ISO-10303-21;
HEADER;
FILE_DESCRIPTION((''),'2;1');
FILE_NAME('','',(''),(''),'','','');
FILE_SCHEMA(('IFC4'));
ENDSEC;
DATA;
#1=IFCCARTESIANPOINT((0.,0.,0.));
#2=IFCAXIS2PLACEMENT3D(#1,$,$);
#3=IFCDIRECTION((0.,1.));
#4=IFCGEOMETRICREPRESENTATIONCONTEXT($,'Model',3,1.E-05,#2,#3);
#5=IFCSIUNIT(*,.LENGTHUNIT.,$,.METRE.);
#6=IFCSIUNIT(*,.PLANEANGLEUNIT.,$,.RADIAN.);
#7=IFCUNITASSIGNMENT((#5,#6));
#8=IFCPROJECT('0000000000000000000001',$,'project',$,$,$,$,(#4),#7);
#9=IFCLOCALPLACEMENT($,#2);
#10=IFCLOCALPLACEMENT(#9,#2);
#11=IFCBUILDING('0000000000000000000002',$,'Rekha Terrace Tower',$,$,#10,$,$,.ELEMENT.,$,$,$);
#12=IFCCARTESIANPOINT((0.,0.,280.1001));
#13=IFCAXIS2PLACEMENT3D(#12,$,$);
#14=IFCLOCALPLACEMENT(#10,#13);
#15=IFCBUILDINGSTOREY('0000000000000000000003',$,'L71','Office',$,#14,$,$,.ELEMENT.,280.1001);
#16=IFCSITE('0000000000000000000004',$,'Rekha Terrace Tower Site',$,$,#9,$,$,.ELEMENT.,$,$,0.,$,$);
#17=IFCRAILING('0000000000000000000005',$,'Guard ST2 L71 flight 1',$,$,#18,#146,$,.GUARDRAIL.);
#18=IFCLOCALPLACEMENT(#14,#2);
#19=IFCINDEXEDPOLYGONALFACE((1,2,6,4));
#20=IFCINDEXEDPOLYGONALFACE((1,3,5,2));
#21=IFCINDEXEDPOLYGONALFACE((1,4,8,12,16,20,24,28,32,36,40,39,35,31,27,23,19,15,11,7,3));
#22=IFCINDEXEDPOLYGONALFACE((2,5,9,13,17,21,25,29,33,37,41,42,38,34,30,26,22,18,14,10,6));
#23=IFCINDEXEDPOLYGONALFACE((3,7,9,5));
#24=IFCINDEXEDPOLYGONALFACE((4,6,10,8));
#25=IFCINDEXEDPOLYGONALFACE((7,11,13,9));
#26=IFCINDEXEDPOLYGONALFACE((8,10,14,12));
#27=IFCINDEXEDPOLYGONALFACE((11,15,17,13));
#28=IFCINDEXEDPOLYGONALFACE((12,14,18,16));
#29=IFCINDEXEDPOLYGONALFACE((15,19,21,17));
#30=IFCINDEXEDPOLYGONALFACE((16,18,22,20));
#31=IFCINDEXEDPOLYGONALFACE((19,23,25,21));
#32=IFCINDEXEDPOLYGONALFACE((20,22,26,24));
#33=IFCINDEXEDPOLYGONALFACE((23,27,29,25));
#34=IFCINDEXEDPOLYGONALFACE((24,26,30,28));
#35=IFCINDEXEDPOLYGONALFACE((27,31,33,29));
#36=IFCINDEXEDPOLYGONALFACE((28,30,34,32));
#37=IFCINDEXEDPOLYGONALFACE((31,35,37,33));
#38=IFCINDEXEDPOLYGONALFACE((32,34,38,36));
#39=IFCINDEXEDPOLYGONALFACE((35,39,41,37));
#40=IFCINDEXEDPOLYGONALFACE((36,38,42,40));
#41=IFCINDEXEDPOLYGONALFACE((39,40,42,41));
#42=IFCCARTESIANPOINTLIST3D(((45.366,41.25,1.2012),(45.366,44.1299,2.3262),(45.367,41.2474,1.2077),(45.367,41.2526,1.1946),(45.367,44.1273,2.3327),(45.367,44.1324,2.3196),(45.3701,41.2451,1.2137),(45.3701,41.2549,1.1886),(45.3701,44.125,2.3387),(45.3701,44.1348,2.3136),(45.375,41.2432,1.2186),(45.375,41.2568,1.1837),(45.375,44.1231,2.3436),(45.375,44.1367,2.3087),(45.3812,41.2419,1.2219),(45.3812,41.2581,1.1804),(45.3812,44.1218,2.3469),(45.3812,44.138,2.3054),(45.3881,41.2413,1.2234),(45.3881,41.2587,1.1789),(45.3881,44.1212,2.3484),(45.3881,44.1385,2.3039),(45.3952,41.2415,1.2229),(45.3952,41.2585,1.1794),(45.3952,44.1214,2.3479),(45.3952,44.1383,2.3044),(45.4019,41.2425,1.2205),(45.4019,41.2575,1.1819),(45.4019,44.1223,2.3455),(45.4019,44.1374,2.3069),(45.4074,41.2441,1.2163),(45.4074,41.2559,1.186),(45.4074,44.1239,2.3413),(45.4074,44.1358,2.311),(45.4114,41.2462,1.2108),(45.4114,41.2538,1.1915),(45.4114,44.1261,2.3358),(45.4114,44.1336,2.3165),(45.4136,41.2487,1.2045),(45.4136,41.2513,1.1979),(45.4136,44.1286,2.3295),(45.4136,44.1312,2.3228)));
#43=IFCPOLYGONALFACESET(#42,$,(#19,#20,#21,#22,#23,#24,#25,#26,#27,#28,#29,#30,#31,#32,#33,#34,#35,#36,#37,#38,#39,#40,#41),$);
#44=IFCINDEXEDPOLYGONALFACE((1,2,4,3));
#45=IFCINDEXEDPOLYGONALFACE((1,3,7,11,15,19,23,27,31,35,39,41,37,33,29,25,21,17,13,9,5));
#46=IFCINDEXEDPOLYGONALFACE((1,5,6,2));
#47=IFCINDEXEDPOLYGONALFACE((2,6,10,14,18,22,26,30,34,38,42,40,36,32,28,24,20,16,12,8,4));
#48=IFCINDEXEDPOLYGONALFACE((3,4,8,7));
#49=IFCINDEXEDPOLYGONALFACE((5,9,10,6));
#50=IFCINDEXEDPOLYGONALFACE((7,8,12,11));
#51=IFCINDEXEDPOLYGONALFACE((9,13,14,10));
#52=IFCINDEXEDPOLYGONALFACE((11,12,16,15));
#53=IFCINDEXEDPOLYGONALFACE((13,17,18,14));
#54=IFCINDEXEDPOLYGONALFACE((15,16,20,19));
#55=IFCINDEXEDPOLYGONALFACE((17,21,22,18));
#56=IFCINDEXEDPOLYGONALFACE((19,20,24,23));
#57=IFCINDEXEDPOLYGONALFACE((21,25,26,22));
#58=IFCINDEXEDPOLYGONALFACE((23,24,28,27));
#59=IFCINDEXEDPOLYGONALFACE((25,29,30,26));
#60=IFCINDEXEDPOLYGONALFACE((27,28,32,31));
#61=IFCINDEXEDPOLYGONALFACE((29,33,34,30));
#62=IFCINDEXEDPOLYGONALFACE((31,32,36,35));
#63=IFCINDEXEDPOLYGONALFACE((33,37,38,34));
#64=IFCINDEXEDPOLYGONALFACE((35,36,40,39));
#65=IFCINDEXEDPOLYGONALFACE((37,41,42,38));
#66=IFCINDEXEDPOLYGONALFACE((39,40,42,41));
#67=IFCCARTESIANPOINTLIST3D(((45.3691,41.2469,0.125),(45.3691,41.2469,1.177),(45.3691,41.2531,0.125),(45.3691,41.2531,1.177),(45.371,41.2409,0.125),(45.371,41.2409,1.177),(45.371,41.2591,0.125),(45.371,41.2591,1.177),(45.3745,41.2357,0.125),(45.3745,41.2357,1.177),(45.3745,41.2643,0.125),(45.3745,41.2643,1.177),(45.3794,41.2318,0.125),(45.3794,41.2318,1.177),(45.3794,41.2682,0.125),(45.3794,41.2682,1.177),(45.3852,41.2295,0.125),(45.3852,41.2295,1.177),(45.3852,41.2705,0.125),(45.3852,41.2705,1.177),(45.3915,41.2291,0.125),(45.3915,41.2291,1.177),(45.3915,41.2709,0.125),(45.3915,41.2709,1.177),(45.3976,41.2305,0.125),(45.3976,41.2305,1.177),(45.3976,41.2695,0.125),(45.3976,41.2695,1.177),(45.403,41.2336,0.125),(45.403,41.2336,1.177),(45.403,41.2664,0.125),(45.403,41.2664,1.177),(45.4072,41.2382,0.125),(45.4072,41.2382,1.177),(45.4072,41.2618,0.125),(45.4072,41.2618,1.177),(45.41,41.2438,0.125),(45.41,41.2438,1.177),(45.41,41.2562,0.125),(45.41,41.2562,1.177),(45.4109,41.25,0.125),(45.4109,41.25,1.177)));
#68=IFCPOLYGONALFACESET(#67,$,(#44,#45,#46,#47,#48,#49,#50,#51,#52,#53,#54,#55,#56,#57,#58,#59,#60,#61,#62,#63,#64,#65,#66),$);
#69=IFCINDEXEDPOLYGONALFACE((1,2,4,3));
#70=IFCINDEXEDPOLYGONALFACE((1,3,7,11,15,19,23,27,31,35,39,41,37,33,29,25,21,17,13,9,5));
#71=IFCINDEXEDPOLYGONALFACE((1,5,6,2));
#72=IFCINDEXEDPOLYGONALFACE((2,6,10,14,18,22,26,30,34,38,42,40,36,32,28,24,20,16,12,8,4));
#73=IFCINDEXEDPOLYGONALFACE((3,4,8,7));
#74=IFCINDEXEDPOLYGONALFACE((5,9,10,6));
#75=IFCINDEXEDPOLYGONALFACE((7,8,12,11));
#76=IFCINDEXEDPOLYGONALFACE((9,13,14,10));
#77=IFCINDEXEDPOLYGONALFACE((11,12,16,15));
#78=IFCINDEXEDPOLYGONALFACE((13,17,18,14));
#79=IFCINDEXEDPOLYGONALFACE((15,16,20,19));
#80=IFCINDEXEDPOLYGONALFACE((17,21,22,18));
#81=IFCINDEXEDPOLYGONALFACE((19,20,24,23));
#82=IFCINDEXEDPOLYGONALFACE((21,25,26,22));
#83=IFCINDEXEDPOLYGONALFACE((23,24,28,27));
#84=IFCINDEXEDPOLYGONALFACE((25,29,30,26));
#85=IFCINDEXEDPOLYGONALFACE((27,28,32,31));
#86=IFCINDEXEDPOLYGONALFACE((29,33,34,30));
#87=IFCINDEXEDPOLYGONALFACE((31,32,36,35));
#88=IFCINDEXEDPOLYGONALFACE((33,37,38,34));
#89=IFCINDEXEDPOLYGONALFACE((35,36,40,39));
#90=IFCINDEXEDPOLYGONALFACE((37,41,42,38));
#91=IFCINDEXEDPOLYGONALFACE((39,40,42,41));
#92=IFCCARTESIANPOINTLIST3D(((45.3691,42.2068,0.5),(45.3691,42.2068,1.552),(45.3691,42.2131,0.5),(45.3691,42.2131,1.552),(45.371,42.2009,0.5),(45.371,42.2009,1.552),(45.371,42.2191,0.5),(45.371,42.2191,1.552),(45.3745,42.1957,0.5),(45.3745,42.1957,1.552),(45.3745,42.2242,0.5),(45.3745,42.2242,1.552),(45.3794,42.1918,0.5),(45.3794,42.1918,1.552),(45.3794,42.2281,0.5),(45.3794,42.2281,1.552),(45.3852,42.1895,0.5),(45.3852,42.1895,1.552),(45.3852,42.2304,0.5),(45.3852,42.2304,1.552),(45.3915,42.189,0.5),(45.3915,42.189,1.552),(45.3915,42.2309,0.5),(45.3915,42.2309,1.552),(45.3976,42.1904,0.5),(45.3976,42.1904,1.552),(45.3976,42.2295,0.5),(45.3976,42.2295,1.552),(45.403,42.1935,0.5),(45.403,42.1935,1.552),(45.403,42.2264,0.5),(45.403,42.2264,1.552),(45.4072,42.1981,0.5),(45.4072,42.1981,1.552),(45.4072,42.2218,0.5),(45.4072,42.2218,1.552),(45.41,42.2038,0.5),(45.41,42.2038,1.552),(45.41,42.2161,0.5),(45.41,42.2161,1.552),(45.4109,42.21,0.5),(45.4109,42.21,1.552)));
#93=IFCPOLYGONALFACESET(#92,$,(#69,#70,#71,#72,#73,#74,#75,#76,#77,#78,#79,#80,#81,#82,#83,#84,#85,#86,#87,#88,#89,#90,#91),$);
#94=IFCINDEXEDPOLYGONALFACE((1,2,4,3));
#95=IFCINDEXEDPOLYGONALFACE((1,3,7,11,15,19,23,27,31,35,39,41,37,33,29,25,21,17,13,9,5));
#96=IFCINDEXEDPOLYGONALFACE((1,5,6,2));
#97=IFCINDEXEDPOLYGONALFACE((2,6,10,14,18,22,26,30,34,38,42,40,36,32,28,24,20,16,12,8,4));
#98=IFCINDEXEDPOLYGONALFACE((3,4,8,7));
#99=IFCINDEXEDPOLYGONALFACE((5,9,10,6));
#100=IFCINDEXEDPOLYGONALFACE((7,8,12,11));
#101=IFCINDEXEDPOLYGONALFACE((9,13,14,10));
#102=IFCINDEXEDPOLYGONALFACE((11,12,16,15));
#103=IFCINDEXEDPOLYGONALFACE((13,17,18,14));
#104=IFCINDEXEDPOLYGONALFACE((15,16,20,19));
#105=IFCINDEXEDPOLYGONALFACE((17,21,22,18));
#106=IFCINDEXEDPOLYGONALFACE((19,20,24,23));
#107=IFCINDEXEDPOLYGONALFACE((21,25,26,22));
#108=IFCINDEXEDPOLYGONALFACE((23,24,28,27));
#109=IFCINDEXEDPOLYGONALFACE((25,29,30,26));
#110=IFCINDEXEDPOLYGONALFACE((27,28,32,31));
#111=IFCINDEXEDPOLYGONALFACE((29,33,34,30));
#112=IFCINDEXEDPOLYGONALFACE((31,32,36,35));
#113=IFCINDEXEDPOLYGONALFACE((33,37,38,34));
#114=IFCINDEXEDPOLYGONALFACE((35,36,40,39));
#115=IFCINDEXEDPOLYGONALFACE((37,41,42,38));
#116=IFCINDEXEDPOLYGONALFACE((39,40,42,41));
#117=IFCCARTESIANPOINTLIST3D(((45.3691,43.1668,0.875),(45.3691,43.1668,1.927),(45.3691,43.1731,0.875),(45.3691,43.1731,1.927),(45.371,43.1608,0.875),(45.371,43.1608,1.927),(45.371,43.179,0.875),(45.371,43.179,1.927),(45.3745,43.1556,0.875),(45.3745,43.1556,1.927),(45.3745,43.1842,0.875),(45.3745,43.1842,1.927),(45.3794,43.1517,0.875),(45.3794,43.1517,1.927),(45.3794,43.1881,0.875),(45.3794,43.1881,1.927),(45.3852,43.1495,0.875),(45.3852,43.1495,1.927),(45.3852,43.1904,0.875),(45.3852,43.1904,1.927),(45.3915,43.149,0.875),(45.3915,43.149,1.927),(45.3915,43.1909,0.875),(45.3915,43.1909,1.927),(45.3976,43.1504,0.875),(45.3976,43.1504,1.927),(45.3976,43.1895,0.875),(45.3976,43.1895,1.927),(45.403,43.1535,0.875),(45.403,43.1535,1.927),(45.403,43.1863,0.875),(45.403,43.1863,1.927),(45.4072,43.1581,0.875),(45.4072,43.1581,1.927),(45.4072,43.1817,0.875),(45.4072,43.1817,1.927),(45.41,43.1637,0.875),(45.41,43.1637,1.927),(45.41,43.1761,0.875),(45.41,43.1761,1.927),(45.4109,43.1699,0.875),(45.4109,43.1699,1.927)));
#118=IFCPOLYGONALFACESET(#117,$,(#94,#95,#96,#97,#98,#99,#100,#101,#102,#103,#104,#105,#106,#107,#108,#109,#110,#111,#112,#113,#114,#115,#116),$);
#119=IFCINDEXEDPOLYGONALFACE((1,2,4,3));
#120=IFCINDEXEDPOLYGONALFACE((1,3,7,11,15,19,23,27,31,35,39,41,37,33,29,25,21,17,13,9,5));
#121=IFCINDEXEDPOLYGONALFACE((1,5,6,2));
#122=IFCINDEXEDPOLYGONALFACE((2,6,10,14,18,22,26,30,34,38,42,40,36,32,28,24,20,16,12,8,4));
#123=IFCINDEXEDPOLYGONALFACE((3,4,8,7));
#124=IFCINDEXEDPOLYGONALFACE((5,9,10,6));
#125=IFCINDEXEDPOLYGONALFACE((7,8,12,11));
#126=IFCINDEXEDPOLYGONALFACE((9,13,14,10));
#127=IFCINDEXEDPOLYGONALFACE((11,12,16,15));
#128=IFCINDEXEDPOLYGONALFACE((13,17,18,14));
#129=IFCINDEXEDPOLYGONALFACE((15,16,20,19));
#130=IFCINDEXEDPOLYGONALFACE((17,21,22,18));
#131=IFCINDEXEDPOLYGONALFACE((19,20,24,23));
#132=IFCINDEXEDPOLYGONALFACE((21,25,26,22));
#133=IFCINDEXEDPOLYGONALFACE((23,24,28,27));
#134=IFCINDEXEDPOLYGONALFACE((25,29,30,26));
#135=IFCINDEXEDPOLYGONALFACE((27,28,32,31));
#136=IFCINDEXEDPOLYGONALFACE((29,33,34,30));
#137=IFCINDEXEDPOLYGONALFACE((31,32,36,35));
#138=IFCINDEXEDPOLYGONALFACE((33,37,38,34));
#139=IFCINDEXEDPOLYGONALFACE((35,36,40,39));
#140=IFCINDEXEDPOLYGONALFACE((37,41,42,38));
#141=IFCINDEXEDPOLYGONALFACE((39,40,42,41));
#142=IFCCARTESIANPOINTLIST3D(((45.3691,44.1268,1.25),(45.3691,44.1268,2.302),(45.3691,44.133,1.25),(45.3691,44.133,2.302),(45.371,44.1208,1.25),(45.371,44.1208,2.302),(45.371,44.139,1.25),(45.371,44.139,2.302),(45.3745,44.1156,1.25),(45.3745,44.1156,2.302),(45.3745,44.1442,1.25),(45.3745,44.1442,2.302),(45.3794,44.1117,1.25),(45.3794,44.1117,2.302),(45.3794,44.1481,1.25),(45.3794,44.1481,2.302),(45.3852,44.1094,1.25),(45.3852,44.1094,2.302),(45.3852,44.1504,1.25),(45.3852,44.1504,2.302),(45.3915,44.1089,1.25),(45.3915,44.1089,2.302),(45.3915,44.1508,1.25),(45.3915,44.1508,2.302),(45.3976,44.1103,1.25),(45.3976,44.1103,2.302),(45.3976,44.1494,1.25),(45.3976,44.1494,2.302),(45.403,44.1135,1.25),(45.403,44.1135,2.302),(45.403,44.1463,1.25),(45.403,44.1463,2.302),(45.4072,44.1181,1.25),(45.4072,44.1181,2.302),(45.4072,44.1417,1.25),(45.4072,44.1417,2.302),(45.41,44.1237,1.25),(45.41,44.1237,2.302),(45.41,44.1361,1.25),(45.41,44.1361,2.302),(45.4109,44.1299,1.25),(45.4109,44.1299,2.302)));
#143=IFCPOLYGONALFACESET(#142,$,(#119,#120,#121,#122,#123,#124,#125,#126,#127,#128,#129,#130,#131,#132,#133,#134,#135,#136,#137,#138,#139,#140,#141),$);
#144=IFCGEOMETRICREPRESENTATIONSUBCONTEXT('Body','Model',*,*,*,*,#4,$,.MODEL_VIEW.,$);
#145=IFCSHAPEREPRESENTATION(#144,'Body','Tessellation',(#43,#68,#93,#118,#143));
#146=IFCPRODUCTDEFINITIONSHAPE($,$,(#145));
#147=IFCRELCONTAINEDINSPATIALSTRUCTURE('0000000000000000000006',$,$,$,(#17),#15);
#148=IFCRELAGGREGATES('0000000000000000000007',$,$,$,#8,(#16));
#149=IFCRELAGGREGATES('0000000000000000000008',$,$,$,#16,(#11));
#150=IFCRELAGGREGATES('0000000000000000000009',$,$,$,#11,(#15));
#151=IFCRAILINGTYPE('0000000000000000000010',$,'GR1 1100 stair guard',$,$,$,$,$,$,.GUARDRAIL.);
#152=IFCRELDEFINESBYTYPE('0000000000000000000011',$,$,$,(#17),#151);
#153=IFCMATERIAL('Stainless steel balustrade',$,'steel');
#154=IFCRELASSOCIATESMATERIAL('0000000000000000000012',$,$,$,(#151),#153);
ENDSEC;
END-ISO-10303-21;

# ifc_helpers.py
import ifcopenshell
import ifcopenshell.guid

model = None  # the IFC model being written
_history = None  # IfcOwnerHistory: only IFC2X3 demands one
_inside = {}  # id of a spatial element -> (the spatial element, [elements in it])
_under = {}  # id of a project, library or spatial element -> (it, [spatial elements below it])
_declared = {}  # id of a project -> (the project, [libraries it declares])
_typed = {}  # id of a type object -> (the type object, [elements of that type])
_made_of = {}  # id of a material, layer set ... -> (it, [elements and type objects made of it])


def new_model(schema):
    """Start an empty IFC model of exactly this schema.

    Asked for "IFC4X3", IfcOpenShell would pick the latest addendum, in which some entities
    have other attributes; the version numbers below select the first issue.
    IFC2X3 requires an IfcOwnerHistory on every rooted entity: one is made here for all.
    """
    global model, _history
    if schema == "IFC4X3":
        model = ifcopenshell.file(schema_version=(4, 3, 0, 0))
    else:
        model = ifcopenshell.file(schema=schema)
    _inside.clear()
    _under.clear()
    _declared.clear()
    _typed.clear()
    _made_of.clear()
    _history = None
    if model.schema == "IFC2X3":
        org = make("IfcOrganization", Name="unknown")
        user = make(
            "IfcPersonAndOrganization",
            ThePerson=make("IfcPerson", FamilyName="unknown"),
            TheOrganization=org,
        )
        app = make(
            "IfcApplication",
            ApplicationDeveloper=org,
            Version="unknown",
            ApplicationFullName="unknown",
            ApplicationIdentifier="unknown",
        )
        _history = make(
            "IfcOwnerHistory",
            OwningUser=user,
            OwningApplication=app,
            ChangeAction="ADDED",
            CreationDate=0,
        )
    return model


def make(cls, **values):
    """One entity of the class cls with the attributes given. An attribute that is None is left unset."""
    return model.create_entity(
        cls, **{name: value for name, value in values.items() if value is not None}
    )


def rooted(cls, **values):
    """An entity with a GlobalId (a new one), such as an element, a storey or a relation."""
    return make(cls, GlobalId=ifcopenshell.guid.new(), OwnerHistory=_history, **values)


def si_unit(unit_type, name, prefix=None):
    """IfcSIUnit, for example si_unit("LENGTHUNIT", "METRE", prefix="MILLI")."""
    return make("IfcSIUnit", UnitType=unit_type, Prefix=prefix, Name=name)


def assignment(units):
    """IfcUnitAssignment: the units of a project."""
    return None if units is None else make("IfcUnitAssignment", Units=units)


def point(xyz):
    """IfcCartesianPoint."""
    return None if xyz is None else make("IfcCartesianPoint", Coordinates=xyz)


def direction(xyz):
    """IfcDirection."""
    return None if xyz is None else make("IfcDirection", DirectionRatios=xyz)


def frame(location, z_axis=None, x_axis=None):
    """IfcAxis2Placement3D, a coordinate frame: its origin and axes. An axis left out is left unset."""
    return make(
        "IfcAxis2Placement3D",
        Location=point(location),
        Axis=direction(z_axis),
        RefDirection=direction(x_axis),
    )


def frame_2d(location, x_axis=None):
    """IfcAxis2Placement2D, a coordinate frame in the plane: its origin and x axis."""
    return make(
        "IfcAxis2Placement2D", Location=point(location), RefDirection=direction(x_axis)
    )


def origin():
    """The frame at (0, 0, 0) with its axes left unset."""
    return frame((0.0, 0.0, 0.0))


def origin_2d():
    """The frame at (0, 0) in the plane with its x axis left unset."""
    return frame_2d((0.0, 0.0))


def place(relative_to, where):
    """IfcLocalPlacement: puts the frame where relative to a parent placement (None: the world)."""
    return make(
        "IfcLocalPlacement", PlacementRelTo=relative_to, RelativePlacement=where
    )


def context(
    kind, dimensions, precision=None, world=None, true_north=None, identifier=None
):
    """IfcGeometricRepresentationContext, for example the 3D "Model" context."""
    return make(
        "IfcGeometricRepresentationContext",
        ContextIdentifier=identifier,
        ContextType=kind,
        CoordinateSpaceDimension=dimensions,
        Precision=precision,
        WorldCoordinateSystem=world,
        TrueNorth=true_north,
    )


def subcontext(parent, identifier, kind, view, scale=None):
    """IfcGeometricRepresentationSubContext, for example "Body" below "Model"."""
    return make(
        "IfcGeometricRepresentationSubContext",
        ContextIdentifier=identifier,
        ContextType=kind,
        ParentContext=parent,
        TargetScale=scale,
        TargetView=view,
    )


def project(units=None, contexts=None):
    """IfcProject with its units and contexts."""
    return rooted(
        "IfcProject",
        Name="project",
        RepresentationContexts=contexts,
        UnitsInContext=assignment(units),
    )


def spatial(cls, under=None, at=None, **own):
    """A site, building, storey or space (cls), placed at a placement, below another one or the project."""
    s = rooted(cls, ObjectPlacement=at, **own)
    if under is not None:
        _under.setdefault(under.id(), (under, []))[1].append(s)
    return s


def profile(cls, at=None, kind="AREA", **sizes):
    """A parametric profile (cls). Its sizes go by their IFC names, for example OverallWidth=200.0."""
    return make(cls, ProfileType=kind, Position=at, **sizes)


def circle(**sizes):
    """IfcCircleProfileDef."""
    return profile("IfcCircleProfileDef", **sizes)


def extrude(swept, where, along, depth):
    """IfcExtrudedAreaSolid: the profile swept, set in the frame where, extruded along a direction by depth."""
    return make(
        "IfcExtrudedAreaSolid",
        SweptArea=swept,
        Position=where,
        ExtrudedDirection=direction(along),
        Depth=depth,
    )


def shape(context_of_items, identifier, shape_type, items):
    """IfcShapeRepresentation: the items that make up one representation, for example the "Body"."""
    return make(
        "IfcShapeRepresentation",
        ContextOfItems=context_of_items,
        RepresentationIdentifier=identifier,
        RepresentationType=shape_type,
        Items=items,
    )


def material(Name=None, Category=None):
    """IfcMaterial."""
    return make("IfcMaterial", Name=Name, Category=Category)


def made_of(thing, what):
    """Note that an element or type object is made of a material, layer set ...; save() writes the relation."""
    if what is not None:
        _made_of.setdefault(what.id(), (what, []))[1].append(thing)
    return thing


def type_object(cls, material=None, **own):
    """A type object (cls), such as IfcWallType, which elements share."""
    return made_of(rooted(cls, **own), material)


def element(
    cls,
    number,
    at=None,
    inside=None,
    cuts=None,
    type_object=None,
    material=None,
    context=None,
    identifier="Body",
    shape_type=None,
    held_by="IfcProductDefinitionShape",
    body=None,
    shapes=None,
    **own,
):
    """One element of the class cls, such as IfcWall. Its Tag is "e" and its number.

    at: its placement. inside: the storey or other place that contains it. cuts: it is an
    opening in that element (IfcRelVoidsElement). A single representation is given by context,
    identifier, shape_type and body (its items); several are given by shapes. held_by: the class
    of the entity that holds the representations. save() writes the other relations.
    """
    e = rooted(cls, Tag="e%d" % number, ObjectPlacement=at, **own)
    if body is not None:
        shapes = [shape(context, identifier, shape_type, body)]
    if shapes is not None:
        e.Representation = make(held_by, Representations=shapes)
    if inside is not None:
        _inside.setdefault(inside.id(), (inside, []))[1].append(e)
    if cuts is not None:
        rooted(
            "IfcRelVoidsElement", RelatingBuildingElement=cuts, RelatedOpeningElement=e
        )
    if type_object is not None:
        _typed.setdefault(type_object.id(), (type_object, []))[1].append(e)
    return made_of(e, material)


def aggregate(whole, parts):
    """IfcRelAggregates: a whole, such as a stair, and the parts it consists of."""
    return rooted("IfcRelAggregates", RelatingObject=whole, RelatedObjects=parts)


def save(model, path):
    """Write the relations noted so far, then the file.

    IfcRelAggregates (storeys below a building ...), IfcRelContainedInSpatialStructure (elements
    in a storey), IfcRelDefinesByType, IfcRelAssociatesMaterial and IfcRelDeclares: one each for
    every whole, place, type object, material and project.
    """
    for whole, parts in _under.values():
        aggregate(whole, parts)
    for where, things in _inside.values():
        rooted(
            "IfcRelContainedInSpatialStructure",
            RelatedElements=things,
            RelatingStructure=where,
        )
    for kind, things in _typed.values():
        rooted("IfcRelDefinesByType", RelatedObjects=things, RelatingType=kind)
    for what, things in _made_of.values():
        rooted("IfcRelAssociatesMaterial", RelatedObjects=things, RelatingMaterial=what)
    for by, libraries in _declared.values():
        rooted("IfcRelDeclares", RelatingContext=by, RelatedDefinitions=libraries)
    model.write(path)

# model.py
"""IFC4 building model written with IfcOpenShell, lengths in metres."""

from ifc_helpers import new_model, si_unit, direction, frame, origin, origin_2d, place, context, subcontext, project, spatial, circle, extrude, material, type_object, element, save


model = new_model("IFC4")

# Units and contexts
model_context = context("Model", 3, precision=1e-05, world=origin(), true_north=direction((0.0, 1.0)))
body_context = subcontext(model_context, "Body", "Model", "MODEL_VIEW")
ifc_project = project(units=[si_unit("LENGTHUNIT", "METRE"), si_unit("PLANEANGLEUNIT", "RADIAN")], contexts=[model_context])

# Site, building, storey
site_placement = place(None, origin())
site = spatial("IfcSite", under=ifc_project, at=site_placement, Name="Rekha Terrace Tower Site", CompositionType="ELEMENT", RefElevation=0.0)
building_placement = place(site_placement, origin())
building = spatial("IfcBuilding", under=site, at=building_placement, Name="Rekha Terrace Tower", CompositionType="ELEMENT")
storey_placement = place(building_placement, frame((0.0, 0.0, 280.1001)))
storey = spatial("IfcBuildingStorey", under=building, at=storey_placement, Name="L71", Description="Office", CompositionType="ELEMENT", Elevation=280.1001)

# Railing
ifc_material_1 = material(Name="Stainless steel balustrade", Category="steel")
railing_type_1 = type_object("IfcRailingType", Name="GR1 1100 stair guard", PredefinedType="GUARDRAIL", material=ifc_material_1)
railing_1_placement = place(storey_placement, frame((45.3899, 41.25, 0.125)))
element("IfcRailing", 1, at=railing_1_placement, inside=storey, type_object=railing_type_1, Name="Guard ST2 L71 flight 1", PredefinedType="GUARDRAIL", context=body_context, shape_type="SweptSolid", body=[
    extrude(circle(Radius=0.0239, at=origin_2d()), frame((0.0, 0.0, 1.0762), z_axis=(0.0, 0.931452, 0.363863), x_axis=(-1.0, 0.0, 0.0)), (0.0, 0.0, 1.0), 3.0918),
    extrude(circle(Radius=0.021, at=origin_2d()), origin(), (0.0, 0.0, 1.0), 1.052),
    extrude(circle(Radius=0.021, at=origin_2d()), frame((0.0, 0.96, 0.375)), (0.0, 0.0, 1.0), 1.052),
    extrude(circle(Radius=0.021, at=origin_2d()), frame((0.0, 1.9199, 0.75)), (0.0, 0.0, 1.0), 1.052),
    extrude(circle(Radius=0.021, at=origin_2d()), frame((0.0, 2.8799, 1.125)), (0.0, 0.0, 1.0), 1.052),
])

save(model, "model.ifc")
